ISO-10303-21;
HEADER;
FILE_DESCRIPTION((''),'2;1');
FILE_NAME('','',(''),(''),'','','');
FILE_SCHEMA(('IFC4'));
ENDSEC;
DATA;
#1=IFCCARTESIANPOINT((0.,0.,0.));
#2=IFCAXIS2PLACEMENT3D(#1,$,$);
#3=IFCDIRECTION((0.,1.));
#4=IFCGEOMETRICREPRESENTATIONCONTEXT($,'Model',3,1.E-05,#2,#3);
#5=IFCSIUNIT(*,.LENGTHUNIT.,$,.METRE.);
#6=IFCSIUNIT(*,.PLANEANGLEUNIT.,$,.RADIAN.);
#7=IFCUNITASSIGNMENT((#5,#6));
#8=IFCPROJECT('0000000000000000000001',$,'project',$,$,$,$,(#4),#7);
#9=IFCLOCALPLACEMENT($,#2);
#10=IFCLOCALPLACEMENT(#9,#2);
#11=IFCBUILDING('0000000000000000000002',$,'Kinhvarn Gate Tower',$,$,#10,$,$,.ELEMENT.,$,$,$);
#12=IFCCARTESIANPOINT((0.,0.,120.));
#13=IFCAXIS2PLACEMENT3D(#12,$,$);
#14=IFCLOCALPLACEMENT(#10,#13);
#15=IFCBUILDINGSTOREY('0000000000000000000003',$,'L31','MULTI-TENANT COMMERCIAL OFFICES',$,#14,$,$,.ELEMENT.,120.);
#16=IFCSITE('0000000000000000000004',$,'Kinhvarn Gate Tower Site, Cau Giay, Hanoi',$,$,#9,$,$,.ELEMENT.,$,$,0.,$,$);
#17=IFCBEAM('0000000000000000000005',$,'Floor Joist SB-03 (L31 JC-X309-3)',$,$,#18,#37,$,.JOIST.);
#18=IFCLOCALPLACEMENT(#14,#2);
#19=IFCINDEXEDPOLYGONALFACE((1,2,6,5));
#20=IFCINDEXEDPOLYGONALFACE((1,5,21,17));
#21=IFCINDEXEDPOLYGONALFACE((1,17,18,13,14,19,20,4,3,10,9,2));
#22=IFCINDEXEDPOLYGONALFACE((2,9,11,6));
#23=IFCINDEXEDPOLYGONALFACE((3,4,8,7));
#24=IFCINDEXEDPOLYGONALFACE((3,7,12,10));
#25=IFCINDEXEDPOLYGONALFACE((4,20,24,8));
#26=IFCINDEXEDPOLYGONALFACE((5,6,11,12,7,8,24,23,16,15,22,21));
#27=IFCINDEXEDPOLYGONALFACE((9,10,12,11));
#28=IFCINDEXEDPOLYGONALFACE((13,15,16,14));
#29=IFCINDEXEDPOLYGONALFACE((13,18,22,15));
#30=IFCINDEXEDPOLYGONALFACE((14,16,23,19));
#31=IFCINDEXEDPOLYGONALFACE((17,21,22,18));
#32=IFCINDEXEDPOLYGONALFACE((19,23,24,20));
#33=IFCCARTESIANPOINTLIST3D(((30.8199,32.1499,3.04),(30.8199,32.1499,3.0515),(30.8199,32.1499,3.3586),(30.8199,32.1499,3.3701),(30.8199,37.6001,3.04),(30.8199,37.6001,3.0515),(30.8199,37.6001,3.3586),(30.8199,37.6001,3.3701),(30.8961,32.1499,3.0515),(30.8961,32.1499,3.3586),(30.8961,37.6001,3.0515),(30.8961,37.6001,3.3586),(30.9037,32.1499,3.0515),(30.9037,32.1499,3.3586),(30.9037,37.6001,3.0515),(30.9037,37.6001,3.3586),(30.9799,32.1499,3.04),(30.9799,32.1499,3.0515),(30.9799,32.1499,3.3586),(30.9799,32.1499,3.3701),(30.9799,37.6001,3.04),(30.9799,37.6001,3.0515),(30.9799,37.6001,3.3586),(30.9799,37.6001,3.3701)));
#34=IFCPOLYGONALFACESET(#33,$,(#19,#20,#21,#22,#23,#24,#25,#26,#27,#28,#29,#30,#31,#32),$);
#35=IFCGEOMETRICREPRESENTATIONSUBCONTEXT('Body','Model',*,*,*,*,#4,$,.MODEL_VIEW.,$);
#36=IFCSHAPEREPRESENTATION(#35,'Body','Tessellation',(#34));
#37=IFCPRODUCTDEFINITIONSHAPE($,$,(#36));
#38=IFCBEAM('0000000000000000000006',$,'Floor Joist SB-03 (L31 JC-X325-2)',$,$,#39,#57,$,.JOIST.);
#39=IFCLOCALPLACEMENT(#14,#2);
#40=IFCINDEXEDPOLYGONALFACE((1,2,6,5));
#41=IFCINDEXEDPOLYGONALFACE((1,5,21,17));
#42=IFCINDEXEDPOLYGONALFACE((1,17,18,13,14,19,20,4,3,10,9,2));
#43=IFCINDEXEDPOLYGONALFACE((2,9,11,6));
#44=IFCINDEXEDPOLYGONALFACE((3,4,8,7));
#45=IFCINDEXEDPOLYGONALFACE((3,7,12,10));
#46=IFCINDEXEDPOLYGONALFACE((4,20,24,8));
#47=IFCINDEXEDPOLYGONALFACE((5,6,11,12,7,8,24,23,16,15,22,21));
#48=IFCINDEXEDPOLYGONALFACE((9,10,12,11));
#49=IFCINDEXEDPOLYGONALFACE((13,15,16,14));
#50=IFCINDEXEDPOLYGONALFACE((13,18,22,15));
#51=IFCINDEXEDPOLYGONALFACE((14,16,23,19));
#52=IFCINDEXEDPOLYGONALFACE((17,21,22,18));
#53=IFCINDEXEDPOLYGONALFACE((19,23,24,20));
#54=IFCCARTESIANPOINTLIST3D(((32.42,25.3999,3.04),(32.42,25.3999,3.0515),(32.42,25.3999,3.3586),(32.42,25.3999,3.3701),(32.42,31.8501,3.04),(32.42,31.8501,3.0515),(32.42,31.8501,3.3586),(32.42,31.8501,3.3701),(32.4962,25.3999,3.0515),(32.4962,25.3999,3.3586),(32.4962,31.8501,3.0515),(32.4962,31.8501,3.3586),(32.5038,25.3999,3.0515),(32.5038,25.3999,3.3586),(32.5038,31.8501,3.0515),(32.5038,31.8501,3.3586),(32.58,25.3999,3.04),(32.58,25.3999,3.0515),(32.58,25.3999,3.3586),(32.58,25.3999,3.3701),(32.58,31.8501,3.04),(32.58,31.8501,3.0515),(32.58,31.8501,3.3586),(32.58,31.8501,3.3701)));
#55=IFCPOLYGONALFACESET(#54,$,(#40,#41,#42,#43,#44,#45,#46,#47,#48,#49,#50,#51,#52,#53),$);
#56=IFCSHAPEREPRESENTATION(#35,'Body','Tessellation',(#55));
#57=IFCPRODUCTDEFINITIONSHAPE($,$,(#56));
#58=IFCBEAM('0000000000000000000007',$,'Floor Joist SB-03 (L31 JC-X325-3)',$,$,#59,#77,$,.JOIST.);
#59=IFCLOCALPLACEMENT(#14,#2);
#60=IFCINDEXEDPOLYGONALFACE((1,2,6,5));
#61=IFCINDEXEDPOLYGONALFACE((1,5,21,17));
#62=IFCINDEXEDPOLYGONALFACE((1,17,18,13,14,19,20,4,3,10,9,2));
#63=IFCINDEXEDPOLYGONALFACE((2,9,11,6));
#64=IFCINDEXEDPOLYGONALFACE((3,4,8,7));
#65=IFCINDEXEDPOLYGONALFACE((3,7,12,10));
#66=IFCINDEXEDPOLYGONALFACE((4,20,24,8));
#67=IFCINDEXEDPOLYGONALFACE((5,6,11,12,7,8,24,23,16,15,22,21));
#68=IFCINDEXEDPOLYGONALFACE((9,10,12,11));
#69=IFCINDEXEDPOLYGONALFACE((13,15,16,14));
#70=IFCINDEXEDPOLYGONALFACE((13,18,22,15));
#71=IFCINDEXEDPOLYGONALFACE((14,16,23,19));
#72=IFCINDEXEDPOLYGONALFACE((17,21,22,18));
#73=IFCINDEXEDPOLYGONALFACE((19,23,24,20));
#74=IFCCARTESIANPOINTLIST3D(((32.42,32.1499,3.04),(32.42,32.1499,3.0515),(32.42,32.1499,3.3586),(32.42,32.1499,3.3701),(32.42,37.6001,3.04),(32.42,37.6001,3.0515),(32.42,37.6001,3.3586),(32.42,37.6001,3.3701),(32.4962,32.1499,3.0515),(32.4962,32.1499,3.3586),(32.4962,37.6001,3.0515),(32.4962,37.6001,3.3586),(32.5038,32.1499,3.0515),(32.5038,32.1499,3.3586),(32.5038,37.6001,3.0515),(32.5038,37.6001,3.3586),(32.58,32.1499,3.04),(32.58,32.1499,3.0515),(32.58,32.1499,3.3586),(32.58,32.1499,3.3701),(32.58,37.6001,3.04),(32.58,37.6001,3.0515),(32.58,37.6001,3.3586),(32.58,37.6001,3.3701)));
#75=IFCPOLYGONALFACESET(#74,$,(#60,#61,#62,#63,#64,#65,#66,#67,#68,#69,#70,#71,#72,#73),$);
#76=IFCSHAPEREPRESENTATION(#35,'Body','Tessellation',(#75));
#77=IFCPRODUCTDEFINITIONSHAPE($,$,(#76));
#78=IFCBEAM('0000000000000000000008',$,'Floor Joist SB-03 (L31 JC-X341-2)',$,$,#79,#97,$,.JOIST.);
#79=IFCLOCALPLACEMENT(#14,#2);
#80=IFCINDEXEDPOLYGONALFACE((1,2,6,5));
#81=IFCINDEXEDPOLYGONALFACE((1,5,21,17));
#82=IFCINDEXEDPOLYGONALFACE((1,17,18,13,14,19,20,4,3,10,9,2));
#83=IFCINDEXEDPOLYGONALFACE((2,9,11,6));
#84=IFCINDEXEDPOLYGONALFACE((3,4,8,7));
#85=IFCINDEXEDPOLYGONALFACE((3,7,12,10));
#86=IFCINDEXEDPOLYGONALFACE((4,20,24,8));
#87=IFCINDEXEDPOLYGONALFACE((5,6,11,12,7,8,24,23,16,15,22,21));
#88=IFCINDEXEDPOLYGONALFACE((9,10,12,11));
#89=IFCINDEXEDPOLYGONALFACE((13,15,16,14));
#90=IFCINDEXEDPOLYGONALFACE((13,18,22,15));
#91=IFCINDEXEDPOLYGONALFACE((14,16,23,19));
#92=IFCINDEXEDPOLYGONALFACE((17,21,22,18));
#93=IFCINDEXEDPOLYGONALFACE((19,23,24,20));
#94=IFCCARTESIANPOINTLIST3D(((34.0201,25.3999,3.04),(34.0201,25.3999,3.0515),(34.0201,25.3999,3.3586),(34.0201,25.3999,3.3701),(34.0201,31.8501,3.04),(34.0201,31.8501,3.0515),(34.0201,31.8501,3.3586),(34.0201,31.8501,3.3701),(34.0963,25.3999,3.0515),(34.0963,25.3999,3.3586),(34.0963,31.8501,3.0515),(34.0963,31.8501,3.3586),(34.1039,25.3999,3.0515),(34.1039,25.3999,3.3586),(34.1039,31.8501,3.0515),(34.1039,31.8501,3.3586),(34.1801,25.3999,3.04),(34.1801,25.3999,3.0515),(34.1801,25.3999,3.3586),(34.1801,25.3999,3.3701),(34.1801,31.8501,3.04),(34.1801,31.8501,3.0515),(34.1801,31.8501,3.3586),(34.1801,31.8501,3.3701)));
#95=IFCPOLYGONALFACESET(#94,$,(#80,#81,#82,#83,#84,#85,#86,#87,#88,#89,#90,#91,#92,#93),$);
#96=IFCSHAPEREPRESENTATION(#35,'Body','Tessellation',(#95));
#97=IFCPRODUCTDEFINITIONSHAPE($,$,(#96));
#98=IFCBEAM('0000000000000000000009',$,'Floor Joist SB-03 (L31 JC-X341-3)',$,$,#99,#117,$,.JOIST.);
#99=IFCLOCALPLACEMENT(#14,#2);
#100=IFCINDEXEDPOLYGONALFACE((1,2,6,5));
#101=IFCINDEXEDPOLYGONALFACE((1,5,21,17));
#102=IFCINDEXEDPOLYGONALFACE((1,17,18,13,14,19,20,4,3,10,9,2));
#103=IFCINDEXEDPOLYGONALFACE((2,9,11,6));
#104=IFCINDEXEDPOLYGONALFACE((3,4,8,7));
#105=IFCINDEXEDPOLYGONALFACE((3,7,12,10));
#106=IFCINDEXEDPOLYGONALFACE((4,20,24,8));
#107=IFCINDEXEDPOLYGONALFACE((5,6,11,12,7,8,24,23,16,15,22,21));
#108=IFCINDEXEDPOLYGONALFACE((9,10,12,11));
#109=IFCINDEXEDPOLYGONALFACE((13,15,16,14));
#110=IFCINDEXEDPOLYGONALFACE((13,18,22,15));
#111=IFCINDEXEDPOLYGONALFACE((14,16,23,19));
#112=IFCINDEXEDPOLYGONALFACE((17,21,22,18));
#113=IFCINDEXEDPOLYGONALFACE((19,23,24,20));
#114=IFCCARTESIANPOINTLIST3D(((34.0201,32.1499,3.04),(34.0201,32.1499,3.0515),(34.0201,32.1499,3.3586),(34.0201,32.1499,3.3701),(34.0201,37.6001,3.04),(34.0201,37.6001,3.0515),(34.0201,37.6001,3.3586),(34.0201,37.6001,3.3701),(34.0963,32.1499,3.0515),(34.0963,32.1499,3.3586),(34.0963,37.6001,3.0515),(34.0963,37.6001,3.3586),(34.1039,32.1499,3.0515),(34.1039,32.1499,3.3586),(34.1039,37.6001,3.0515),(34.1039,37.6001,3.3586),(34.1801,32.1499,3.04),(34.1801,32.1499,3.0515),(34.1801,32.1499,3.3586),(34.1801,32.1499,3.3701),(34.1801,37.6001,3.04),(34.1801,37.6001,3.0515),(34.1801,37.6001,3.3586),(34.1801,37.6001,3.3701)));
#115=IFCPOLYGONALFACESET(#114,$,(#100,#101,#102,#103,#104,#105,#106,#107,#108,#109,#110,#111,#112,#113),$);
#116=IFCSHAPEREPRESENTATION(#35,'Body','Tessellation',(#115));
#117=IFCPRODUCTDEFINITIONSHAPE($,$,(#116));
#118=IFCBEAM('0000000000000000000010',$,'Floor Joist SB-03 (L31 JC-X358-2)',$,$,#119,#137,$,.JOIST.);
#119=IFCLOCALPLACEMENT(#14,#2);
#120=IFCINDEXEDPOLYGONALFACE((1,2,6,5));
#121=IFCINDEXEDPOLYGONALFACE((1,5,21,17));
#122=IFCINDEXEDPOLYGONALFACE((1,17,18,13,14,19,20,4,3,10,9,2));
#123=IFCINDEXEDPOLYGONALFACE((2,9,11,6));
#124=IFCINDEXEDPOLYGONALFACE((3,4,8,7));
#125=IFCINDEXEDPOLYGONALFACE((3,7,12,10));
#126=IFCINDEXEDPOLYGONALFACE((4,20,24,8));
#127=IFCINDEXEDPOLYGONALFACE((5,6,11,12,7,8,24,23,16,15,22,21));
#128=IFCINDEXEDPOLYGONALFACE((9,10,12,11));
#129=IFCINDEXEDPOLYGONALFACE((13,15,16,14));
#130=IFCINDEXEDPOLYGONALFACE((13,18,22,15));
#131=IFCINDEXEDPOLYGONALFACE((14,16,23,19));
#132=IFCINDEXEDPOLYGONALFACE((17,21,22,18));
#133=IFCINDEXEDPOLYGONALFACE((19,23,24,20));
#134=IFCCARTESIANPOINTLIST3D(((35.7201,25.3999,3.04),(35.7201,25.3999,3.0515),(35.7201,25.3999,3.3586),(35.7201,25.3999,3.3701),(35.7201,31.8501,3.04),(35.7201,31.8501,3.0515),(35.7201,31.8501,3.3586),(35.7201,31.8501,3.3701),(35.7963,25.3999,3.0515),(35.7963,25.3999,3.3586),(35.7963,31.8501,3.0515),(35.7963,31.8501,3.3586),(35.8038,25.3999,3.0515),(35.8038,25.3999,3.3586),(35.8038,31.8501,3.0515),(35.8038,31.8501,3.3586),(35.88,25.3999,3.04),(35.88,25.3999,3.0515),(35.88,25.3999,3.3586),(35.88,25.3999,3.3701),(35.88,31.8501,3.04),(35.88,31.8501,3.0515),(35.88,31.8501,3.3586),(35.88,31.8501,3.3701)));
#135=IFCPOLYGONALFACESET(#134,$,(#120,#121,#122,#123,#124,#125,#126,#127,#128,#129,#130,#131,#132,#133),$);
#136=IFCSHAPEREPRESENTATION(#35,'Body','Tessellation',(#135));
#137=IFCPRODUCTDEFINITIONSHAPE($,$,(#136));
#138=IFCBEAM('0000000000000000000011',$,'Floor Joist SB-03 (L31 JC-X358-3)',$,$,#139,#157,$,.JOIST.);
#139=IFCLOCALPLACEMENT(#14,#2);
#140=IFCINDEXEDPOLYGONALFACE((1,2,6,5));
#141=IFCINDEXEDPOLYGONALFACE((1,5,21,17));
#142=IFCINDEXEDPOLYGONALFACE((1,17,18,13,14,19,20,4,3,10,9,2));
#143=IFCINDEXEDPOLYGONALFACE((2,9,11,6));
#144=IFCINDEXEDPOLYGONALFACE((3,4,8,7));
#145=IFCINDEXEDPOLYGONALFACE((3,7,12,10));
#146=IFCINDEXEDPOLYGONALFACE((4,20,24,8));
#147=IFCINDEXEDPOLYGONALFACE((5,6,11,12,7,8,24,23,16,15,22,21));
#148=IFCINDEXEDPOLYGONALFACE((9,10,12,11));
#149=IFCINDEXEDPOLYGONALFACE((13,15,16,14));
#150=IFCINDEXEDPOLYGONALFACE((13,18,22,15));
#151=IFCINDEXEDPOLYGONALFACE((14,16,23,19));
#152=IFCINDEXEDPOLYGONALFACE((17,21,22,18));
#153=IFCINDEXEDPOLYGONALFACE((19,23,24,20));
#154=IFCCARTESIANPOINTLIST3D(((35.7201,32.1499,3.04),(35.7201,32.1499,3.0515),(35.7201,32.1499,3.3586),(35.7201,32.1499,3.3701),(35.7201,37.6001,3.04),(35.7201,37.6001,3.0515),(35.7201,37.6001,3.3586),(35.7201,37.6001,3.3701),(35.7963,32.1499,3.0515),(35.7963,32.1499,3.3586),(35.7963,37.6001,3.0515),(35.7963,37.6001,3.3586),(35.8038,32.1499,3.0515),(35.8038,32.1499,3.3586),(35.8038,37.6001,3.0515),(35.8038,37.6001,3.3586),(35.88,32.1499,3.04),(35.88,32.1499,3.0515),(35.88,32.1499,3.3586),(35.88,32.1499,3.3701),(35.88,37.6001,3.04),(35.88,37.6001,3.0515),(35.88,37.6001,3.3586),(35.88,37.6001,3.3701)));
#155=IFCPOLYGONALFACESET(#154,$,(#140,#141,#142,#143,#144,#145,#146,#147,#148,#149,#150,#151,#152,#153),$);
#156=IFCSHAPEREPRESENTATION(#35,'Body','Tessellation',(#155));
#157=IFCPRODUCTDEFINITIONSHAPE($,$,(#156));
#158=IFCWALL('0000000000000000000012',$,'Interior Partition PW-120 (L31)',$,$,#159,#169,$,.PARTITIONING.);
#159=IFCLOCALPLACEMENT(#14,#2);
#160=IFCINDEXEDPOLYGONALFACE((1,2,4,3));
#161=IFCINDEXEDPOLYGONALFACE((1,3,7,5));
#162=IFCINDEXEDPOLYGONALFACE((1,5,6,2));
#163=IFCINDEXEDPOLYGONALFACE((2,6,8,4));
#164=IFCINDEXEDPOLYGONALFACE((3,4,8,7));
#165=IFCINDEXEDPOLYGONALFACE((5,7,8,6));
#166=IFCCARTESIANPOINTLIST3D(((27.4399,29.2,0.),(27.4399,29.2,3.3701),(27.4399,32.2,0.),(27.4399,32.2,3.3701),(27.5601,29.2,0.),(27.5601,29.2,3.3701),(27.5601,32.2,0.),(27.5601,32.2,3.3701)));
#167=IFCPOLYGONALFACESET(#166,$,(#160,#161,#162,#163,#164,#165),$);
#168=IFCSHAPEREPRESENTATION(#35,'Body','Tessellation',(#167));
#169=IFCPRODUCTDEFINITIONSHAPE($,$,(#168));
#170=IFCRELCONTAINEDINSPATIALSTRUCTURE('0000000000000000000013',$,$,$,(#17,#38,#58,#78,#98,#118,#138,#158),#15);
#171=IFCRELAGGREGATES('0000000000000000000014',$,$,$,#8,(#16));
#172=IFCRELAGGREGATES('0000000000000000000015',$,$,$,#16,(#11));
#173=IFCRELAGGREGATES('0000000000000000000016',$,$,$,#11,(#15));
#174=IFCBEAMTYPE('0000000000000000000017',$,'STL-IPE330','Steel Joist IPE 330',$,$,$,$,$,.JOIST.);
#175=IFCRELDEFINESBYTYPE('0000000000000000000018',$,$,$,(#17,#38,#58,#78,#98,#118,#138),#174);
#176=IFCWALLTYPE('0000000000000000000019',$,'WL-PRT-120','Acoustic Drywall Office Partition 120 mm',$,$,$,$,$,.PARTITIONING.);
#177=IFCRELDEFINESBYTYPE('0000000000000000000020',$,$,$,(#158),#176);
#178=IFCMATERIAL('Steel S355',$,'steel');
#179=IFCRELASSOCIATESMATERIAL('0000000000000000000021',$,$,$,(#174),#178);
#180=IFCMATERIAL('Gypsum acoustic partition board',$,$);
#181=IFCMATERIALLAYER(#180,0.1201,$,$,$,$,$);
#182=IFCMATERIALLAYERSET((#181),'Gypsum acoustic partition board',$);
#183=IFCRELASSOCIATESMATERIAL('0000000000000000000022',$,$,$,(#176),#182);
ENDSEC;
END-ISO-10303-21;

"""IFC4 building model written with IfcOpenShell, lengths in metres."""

from ifc_helpers import new_model, si_unit, direction, frame, frame_2d, origin, origin_2d, place, context, subcontext, project, spatial, rectangle, i_section, extrude, material, layer, layer_set, material_profile, profile_set, type_object, element, save


model = new_model("IFC4")

# Units and contexts
model_context = context("Model", 3, precision=1e-05, world=origin(), true_north=direction((0.0, 1.0)))
body_context = subcontext(model_context, "Body", "Model", "MODEL_VIEW")
ifc_project = project(units=[si_unit("LENGTHUNIT", "METRE"), si_unit("PLANEANGLEUNIT", "RADIAN")], contexts=[model_context])

# Site, building, storey
site_placement = place(None, origin())
site = spatial("IfcSite", under=ifc_project, at=site_placement, Name="Kinhvarn Gate Tower Site, Cau Giay, Hanoi", CompositionType="ELEMENT", RefElevation=0.0)
building_placement = place(site_placement, origin())
building = spatial("IfcBuilding", under=site, at=building_placement, Name="Kinhvarn Gate Tower", CompositionType="ELEMENT")
storey_placement = place(building_placement, frame((0.0, 0.0, 120.0)))
storey = spatial("IfcBuildingStorey", under=building, at=storey_placement, Name="L31", Description="MULTI-TENANT COMMERCIAL OFFICES", CompositionType="ELEMENT", Elevation=120.0)

# Beams
ifc_material_1 = material(Name="Steel S355", Category="steel")
ifc_material_profile_1 = material_profile(ifc_material_1, i_section(OverallWidth=0.1599, OverallDepth=0.3301, WebThickness=0.0076, FlangeThickness=0.0115, at=origin_2d()), Name="IPE 330")
ifc_profile_set_1 = profile_set([ifc_material_profile_1], Name="Steel S355")
beam_type_1 = type_object("IfcBeamType", Name="STL-IPE330", Description="Steel Joist IPE 330", PredefinedType="JOIST", material=ifc_profile_set_1)
beam_1_placement = place(storey_placement, frame((30.8999, 32.1499, 3.2051), z_axis=(0.0, 1.0, 0.0), x_axis=(-1.0, 0.0, 0.0)))
element("IfcBeam", 1, at=beam_1_placement, inside=storey, type_object=beam_type_1, Name="Floor Joist SB-03 (L31 JC-X309-3)", PredefinedType="JOIST", context=body_context, shape_type="SweptSolid", body=[
    extrude(i_section(OverallWidth=0.1599, OverallDepth=0.3301, WebThickness=0.0076, FlangeThickness=0.0115, at=origin_2d()), origin(), (0.0, 0.0, 1.0), 5.4502),
])
beam_2_placement = place(storey_placement, frame((32.5, 25.3999, 3.2051), z_axis=(0.0, 1.0, 0.0), x_axis=(-1.0, 0.0, 0.0)))
element("IfcBeam", 2, at=beam_2_placement, inside=storey, type_object=beam_type_1, Name="Floor Joist SB-03 (L31 JC-X325-2)", PredefinedType="JOIST", context=body_context, shape_type="SweptSolid", body=[
    extrude(i_section(OverallWidth=0.1599, OverallDepth=0.3301, WebThickness=0.0076, FlangeThickness=0.0115, at=origin_2d()), origin(), (0.0, 0.0, 1.0), 6.4502),
])
beam_3_placement = place(storey_placement, frame((32.5, 32.1499, 3.2051), z_axis=(0.0, 1.0, 0.0), x_axis=(-1.0, 0.0, 0.0)))
element("IfcBeam", 3, at=beam_3_placement, inside=storey, type_object=beam_type_1, Name="Floor Joist SB-03 (L31 JC-X325-3)", PredefinedType="JOIST", context=body_context, shape_type="SweptSolid", body=[
    extrude(i_section(OverallWidth=0.1599, OverallDepth=0.3301, WebThickness=0.0076, FlangeThickness=0.0115, at=origin_2d()), origin(), (0.0, 0.0, 1.0), 5.4502),
])
beam_4_placement = place(storey_placement, frame((34.1001, 25.3999, 3.2051), z_axis=(0.0, 1.0, 0.0), x_axis=(-1.0, 0.0, 0.0)))
element("IfcBeam", 4, at=beam_4_placement, inside=storey, type_object=beam_type_1, Name="Floor Joist SB-03 (L31 JC-X341-2)", PredefinedType="JOIST", context=body_context, shape_type="SweptSolid", body=[
    extrude(i_section(OverallWidth=0.1599, OverallDepth=0.3301, WebThickness=0.0076, FlangeThickness=0.0115, at=origin_2d()), origin(), (0.0, 0.0, 1.0), 6.4502),
])
beam_5_placement = place(storey_placement, frame((34.1001, 32.1499, 3.2051), z_axis=(0.0, 1.0, 0.0), x_axis=(-1.0, 0.0, 0.0)))
element("IfcBeam", 5, at=beam_5_placement, inside=storey, type_object=beam_type_1, Name="Floor Joist SB-03 (L31 JC-X341-3)", PredefinedType="JOIST", context=body_context, shape_type="SweptSolid", body=[
    extrude(i_section(OverallWidth=0.1599, OverallDepth=0.3301, WebThickness=0.0076, FlangeThickness=0.0115, at=origin_2d()), origin(), (0.0, 0.0, 1.0), 5.4502),
])
beam_6_placement = place(storey_placement, frame((35.8, 25.3999, 3.2051), z_axis=(0.0, 1.0, 0.0), x_axis=(-1.0, 0.0, 0.0)))
element("IfcBeam", 6, at=beam_6_placement, inside=storey, type_object=beam_type_1, Name="Floor Joist SB-03 (L31 JC-X358-2)", PredefinedType="JOIST", context=body_context, shape_type="SweptSolid", body=[
    extrude(i_section(OverallWidth=0.1599, OverallDepth=0.3301, WebThickness=0.0076, FlangeThickness=0.0115, at=origin_2d()), origin(), (0.0, 0.0, 1.0), 6.4502),
])
beam_7_placement = place(storey_placement, frame((35.8, 32.1499, 3.2051), z_axis=(0.0, 1.0, 0.0), x_axis=(-1.0, 0.0, 0.0)))
element("IfcBeam", 7, at=beam_7_placement, inside=storey, type_object=beam_type_1, Name="Floor Joist SB-03 (L31 JC-X358-3)", PredefinedType="JOIST", context=body_context, shape_type="SweptSolid", body=[
    extrude(i_section(OverallWidth=0.1599, OverallDepth=0.3301, WebThickness=0.0076, FlangeThickness=0.0115, at=origin_2d()), origin(), (0.0, 0.0, 1.0), 5.4502),
])

# Wall
ifc_material_2 = material(Name="Gypsum acoustic partition board")
ifc_layer_1 = layer(ifc_material_2, 0.1201)
ifc_layer_set_1 = layer_set([ifc_layer_1], Name="Gypsum acoustic partition board")
wall_type_1 = type_object("IfcWallType", Name="WL-PRT-120", Description="Acoustic Drywall Office Partition 120 mm", PredefinedType="PARTITIONING", material=ifc_layer_set_1)
wall_1_placement = place(storey_placement, frame((27.5, 29.2, 0.0), z_axis=(0.0, 0.0, 1.0), x_axis=(0.0, 1.0, 0.0)))
element("IfcWall", 8, at=wall_1_placement, inside=storey, type_object=wall_type_1, Name="Interior Partition PW-120 (L31)", PredefinedType="PARTITIONING", context=body_context, shape_type="SweptSolid", body=[
    extrude(rectangle(XDim=3.0, YDim=0.1201, at=frame_2d((1.5, 0.0))), origin(), (0.0, 0.0, 1.0), 3.3701),
])

save(model, "model.ifc")
